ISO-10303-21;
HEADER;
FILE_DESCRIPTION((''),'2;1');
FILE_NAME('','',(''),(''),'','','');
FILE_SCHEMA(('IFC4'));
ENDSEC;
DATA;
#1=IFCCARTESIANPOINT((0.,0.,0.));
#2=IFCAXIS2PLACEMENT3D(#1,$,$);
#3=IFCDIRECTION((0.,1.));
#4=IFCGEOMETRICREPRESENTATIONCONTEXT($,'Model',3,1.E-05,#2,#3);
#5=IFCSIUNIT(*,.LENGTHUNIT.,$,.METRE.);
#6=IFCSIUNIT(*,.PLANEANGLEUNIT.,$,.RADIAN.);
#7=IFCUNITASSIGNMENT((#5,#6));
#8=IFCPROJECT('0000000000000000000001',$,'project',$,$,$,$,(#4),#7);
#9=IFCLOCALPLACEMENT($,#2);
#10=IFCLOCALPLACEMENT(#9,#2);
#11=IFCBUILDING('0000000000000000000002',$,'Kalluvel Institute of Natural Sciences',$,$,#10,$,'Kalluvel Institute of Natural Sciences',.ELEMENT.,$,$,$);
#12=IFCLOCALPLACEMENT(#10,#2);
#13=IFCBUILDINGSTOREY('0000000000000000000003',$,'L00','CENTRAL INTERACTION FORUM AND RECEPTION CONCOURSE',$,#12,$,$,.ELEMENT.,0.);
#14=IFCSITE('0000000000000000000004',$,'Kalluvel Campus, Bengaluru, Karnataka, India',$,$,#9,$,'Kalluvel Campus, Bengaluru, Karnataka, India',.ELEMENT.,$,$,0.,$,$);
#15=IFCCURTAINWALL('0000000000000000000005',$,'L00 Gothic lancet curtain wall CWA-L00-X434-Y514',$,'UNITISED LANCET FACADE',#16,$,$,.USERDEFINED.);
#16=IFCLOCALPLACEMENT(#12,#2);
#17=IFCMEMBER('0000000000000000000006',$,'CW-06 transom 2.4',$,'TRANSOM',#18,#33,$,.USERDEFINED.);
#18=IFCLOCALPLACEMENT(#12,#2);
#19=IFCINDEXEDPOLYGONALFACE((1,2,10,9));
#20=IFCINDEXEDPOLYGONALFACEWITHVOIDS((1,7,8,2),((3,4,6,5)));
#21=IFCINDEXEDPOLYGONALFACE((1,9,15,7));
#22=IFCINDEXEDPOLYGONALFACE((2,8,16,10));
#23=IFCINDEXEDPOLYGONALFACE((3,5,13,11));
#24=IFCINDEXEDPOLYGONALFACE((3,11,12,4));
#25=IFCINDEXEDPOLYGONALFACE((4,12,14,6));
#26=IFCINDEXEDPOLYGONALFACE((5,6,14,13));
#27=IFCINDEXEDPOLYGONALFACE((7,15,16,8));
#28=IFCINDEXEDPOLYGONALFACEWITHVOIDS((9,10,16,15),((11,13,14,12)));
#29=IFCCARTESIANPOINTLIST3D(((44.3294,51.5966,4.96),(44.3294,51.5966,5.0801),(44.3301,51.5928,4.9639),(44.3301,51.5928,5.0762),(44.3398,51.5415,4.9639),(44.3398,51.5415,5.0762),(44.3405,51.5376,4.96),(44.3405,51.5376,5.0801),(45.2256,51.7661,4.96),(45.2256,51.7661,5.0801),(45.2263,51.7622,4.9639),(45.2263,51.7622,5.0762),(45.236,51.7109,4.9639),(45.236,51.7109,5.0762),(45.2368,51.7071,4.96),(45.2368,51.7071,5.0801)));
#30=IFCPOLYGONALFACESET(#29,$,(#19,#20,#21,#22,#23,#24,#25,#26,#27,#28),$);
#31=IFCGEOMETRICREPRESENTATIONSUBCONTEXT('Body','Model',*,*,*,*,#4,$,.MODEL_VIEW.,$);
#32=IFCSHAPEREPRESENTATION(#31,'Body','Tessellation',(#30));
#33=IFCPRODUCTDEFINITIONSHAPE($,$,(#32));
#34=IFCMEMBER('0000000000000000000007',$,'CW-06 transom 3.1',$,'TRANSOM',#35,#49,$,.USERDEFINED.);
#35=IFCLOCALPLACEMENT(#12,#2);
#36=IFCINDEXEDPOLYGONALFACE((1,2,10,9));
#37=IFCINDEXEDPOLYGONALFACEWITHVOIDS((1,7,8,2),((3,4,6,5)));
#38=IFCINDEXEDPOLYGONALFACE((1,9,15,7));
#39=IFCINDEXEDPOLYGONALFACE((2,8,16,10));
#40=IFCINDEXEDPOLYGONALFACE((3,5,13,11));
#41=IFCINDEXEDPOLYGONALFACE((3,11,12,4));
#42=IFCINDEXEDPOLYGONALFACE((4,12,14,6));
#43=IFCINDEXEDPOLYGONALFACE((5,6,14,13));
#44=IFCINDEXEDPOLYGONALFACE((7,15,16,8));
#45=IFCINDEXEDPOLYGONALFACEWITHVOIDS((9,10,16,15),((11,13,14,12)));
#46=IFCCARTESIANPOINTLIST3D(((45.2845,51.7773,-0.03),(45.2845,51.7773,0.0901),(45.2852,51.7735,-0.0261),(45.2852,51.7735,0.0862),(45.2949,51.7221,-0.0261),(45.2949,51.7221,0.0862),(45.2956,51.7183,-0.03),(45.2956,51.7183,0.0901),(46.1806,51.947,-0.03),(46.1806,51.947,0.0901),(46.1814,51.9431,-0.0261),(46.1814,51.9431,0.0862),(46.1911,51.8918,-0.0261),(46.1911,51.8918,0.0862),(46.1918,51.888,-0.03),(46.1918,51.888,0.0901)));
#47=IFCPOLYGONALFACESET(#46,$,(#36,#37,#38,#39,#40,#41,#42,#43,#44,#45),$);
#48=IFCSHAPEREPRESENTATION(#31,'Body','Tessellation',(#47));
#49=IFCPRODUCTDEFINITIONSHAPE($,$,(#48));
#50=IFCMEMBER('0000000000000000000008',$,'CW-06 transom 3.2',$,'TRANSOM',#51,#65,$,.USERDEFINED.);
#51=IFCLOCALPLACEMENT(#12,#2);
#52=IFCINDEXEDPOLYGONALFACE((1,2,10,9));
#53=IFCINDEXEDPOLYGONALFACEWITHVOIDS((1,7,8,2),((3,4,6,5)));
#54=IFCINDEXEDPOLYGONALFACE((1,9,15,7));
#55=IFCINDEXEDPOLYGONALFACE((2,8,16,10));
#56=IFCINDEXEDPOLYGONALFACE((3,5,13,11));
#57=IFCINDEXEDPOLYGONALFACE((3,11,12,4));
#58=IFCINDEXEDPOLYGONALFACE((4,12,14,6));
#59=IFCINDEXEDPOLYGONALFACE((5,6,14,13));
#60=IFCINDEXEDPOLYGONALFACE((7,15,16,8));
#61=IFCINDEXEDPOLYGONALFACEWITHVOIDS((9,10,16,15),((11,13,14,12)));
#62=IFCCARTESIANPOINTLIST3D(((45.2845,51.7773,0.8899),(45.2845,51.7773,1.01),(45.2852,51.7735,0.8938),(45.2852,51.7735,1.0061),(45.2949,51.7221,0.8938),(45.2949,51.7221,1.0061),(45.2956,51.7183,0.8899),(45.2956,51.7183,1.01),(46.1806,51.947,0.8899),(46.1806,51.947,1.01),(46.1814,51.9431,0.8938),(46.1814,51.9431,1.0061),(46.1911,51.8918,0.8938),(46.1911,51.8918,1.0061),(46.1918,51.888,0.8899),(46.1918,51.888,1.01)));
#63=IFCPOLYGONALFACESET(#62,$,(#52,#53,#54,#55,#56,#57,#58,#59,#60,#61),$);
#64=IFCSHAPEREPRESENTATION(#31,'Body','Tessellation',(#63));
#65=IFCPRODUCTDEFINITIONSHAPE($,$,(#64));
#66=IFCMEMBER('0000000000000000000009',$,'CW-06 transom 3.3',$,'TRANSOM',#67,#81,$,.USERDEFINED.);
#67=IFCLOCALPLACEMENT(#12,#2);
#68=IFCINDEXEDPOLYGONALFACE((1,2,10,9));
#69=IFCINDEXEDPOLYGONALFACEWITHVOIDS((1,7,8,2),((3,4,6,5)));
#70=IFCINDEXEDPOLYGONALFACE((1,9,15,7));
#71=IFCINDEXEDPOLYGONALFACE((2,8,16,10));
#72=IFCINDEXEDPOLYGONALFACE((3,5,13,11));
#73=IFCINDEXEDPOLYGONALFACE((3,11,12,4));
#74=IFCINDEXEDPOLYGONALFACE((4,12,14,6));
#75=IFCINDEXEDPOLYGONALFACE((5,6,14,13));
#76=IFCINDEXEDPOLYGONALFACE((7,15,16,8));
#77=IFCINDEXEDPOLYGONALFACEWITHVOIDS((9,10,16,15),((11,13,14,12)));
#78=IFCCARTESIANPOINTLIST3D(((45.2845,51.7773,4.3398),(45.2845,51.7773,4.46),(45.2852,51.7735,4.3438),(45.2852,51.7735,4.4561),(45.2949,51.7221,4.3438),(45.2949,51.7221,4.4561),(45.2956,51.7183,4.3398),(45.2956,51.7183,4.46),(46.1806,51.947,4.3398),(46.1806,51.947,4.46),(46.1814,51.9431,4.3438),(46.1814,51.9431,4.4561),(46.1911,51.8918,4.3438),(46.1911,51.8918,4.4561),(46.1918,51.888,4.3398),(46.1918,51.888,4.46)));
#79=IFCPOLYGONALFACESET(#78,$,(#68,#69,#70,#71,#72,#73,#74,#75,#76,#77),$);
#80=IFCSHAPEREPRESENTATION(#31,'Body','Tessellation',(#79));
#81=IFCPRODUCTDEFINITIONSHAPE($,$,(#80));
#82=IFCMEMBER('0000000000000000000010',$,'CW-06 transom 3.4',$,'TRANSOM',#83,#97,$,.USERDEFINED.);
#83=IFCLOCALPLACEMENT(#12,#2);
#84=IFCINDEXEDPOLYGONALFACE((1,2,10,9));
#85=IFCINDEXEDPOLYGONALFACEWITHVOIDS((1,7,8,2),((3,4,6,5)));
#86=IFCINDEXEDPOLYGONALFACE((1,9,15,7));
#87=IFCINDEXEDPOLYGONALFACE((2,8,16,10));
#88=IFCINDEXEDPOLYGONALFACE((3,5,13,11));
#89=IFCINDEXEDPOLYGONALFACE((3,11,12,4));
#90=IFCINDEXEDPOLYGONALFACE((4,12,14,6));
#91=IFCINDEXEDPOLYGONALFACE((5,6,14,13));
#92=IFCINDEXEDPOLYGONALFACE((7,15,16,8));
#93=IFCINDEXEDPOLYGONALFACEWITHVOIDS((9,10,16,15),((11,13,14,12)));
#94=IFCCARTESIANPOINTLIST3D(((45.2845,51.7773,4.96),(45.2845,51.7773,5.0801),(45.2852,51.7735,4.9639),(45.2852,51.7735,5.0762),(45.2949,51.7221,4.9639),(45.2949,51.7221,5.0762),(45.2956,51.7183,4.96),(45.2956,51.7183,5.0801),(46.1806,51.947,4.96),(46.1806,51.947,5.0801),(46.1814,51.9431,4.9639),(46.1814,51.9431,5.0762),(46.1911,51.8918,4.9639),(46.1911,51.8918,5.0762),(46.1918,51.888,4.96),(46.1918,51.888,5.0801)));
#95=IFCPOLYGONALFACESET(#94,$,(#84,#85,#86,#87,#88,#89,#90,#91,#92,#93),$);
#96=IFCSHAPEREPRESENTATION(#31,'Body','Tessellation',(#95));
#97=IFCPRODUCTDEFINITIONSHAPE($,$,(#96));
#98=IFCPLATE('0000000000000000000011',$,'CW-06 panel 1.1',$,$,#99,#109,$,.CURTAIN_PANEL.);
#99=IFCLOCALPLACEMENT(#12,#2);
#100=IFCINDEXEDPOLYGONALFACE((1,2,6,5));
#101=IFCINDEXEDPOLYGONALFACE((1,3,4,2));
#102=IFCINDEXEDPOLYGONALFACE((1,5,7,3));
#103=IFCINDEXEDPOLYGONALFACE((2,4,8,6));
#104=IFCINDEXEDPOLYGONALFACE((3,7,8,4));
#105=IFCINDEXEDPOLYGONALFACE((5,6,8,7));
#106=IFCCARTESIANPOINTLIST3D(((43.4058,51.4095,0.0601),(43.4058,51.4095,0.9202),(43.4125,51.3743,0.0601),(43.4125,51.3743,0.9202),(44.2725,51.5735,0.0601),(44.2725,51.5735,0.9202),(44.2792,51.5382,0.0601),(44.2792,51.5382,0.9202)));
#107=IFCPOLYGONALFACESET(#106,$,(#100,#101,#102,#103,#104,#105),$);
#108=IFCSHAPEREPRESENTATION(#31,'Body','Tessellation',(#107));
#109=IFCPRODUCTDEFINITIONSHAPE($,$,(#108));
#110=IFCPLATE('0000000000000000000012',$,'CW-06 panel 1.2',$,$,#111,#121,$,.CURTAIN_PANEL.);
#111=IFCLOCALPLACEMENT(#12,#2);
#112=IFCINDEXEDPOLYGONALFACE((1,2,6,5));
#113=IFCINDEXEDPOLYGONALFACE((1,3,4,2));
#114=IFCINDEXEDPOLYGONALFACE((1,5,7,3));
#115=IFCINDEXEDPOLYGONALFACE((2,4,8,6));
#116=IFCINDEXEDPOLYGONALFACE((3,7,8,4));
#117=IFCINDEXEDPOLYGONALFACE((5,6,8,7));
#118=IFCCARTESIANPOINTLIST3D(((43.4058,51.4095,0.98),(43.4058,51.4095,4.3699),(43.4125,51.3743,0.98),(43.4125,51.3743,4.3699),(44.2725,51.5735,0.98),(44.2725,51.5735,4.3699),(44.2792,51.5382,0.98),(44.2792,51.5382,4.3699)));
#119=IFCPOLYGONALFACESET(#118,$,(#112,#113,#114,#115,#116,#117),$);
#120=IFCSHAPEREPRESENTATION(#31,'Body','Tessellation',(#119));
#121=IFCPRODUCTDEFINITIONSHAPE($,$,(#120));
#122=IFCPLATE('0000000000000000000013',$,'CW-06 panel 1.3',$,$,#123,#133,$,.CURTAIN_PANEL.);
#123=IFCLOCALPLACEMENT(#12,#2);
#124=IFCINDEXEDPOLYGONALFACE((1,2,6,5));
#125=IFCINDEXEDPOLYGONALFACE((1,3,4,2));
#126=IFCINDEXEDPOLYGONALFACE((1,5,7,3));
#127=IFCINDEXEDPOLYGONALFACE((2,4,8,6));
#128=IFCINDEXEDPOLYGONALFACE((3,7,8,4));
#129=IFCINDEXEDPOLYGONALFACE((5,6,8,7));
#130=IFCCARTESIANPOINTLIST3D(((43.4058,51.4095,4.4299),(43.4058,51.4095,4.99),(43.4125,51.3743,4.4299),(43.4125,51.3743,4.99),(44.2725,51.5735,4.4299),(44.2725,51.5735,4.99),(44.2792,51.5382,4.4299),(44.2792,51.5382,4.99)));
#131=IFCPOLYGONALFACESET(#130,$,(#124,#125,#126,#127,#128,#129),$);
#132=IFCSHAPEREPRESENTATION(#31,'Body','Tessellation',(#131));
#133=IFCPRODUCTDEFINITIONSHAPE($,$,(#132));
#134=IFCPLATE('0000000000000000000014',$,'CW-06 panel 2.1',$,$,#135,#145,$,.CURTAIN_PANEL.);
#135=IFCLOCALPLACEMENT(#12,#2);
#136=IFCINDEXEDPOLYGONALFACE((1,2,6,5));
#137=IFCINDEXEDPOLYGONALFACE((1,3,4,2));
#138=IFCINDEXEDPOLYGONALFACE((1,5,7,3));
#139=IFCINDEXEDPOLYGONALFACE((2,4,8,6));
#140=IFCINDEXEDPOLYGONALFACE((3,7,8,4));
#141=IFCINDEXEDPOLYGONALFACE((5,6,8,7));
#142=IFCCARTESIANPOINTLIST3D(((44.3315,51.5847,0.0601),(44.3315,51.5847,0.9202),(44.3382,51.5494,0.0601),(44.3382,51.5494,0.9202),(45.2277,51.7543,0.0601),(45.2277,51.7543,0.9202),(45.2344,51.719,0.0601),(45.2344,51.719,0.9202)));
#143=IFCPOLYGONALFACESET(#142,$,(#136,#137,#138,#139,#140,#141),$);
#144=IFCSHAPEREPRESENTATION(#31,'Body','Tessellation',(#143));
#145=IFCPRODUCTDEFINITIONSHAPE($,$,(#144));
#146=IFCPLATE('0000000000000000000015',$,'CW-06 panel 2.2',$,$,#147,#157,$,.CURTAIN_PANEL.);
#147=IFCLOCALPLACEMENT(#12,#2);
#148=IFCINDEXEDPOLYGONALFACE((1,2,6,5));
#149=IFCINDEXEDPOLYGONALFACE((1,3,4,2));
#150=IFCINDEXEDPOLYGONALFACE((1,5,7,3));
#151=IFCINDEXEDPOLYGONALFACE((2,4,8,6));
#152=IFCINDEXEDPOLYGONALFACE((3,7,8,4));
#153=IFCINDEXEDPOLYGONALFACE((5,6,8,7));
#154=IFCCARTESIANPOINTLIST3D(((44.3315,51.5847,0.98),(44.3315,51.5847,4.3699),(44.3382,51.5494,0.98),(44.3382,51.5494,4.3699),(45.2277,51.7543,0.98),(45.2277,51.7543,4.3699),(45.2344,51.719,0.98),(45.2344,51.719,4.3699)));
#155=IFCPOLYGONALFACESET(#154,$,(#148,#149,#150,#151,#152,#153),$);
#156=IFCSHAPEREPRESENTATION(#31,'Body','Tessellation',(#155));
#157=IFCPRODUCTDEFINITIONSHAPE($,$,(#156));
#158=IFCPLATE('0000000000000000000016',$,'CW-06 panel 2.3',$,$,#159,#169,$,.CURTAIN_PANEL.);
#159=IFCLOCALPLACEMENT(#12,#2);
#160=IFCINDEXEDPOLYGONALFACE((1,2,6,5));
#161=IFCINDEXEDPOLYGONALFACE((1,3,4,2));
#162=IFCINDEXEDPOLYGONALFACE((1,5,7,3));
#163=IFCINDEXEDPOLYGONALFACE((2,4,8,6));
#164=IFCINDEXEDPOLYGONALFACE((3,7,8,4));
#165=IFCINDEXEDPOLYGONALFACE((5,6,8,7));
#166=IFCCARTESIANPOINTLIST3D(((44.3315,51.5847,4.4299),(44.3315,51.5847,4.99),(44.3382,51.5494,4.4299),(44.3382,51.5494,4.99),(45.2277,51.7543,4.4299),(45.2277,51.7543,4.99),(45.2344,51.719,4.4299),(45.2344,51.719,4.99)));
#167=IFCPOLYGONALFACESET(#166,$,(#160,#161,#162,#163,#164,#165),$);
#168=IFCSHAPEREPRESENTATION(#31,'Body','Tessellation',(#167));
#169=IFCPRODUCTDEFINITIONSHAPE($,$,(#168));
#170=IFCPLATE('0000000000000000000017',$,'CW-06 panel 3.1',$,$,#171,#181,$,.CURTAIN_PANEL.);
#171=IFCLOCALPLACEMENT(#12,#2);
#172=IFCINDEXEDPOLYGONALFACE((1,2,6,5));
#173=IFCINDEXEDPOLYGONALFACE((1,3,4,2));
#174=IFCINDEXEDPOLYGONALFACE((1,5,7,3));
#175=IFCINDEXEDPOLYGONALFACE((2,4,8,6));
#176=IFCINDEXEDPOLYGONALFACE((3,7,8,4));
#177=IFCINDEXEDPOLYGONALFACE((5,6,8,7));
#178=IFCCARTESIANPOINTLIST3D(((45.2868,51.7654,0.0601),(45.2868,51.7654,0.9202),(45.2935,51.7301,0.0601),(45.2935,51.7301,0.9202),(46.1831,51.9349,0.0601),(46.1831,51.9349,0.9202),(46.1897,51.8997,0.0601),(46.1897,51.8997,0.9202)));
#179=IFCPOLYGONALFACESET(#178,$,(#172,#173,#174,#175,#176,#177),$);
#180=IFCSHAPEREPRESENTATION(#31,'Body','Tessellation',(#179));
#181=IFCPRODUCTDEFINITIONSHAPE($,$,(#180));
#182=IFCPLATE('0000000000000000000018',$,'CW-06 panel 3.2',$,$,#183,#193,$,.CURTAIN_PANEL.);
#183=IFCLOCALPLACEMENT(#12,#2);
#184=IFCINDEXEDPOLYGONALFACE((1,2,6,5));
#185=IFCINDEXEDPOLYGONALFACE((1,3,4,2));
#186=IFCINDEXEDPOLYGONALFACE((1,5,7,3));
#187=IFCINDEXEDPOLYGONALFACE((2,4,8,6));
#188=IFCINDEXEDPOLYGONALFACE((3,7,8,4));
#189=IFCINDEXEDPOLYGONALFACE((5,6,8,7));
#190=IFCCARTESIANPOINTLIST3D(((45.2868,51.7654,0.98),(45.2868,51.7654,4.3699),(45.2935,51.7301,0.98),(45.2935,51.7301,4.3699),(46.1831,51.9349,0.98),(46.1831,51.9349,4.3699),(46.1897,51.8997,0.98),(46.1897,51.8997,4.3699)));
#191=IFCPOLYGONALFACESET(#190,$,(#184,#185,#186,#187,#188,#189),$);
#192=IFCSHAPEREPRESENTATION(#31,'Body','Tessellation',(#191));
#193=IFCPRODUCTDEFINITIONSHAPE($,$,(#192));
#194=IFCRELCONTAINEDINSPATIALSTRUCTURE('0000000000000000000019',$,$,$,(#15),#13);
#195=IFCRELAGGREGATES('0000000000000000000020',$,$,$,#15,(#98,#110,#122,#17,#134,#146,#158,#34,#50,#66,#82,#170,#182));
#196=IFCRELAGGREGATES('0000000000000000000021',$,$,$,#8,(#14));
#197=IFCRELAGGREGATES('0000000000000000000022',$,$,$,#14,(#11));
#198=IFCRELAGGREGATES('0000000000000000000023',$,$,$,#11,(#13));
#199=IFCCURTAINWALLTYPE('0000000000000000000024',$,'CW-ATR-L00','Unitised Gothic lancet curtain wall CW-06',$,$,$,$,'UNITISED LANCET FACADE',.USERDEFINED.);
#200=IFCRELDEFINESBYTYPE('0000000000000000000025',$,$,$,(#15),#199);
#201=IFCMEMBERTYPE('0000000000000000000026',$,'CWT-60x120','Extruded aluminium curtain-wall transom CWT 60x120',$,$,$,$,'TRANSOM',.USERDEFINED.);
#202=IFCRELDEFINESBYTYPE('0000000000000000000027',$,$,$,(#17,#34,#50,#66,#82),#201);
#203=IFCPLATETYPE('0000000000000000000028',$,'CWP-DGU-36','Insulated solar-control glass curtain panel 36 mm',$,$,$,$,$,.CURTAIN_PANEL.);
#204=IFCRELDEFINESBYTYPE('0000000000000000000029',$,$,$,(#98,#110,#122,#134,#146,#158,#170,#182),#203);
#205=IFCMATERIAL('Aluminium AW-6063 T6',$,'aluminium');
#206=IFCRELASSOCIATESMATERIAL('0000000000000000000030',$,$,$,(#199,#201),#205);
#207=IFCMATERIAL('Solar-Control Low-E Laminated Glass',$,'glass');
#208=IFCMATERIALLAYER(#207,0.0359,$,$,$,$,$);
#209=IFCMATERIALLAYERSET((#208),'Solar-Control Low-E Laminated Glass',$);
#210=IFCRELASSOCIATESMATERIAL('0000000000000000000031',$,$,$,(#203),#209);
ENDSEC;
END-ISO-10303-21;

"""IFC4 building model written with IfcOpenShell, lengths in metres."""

from ifc_helpers import new_model, si_unit, direction, frame, origin, origin_2d, place, context, subcontext, project, spatial, rectangle, hollow_rectangle, extrude, material, layer, layer_set, material_profile, profile_set, type_object, element, aggregate, save


model = new_model("IFC4")

# Units and contexts
model_context = context("Model", 3, precision=1e-05, world=origin(), true_north=direction((0.0, 1.0)))
body_context = subcontext(model_context, "Body", "Model", "MODEL_VIEW")
ifc_project = project(units=[si_unit("LENGTHUNIT", "METRE"), si_unit("PLANEANGLEUNIT", "RADIAN")], contexts=[model_context])

# Site, building, storey
site_placement = place(None, origin())
site = spatial("IfcSite", under=ifc_project, at=site_placement, Name="Kalluvel Campus, Bengaluru, Karnataka, India", LongName="Kalluvel Campus, Bengaluru, Karnataka, India", CompositionType="ELEMENT", RefElevation=0.0)
building_placement = place(site_placement, origin())
building = spatial("IfcBuilding", under=site, at=building_placement, Name="Kalluvel Institute of Natural Sciences", LongName="Kalluvel Institute of Natural Sciences", CompositionType="ELEMENT")
storey_placement = place(building_placement, origin())
storey = spatial("IfcBuildingStorey", under=building, at=storey_placement, Name="L00", Description="CENTRAL INTERACTION FORUM AND RECEPTION CONCOURSE", CompositionType="ELEMENT", Elevation=0.0)

# Shared definitions
ifc_material_1 = material(Name="Aluminium AW-6063 T6", Category="aluminium")
curtain_wall_type = type_object("IfcCurtainWallType", Name="CW-ATR-L00", Description="Unitised Gothic lancet curtain wall CW-06", ElementType="UNITISED LANCET FACADE", PredefinedType="USERDEFINED", material=ifc_material_1)

# Curtain wall, members, plates
curtain_wall_1_placement = place(storey_placement, origin())
curtain_wall_1 = element("IfcCurtainWall", 1, at=curtain_wall_1_placement, inside=storey, type_object=curtain_wall_type, Name="L00 Gothic lancet curtain wall CWA-L00-X434-Y514", ObjectType="UNITISED LANCET FACADE", PredefinedType="USERDEFINED")
ifc_material_profile_1 = material_profile(ifc_material_1, hollow_rectangle(XDim=0.0601, YDim=0.1201, WallThickness=0.0039, at=origin_2d()), Name="CWT 60x120")
ifc_profile_set_1 = profile_set([ifc_material_profile_1], Name="Aluminium AW-6063 T6")
member_type_1 = type_object("IfcMemberType", Name="CWT-60x120", Description="Extruded aluminium curtain-wall transom CWT 60x120", ElementType="TRANSOM", PredefinedType="USERDEFINED", material=ifc_profile_set_1)
member_1_placement = place(storey_placement, frame((44.335, 51.5671, 5.02), z_axis=(0.982595, 0.185759, 0.0), x_axis=(-0.185759, 0.982595, 0.0)))
member_1 = element("IfcMember", 2, at=member_1_placement, type_object=member_type_1, Name="CW-06 transom 2.4", ObjectType="TRANSOM", PredefinedType="USERDEFINED", context=body_context, shape_type="SweptSolid", body=[
    extrude(hollow_rectangle(XDim=0.0601, YDim=0.1201, WallThickness=0.0039, at=origin_2d()), origin(), (0.0, 0.0, 1.0), 0.9121),
])
member_2_placement = place(storey_placement, frame((45.29, 51.7478, 0.03), z_axis=(0.982546, 0.186017, 0.0), x_axis=(-0.186017, 0.982546, 0.0)))
member_2 = element("IfcMember", 3, at=member_2_placement, type_object=member_type_1, Name="CW-06 transom 3.1", ObjectType="TRANSOM", PredefinedType="USERDEFINED", context=body_context, shape_type="SweptSolid", body=[
    extrude(hollow_rectangle(XDim=0.0601, YDim=0.1201, WallThickness=0.0039, at=origin_2d()), origin(), (0.0, 0.0, 1.0), 0.9121),
])
member_3_placement = place(storey_placement, frame((45.29, 51.7478, 0.95), z_axis=(0.982546, 0.186017, 0.0), x_axis=(-0.186017, 0.982546, 0.0)))
member_3 = element("IfcMember", 4, at=member_3_placement, type_object=member_type_1, Name="CW-06 transom 3.2", ObjectType="TRANSOM", PredefinedType="USERDEFINED", context=body_context, shape_type="SweptSolid", body=[
    extrude(hollow_rectangle(XDim=0.0601, YDim=0.1201, WallThickness=0.0039, at=origin_2d()), origin(), (0.0, 0.0, 1.0), 0.9121),
])
member_4_placement = place(storey_placement, frame((45.29, 51.7478, 4.3999), z_axis=(0.982546, 0.186017, 0.0), x_axis=(-0.186017, 0.982546, 0.0)))
member_4 = element("IfcMember", 5, at=member_4_placement, type_object=member_type_1, Name="CW-06 transom 3.3", ObjectType="TRANSOM", PredefinedType="USERDEFINED", context=body_context, shape_type="SweptSolid", body=[
    extrude(hollow_rectangle(XDim=0.0601, YDim=0.1201, WallThickness=0.0039, at=origin_2d()), origin(), (0.0, 0.0, 1.0), 0.9121),
])
member_5_placement = place(storey_placement, frame((45.29, 51.7478, 5.02), z_axis=(0.982546, 0.186017, 0.0), x_axis=(-0.186017, 0.982546, 0.0)))
member_5 = element("IfcMember", 6, at=member_5_placement, type_object=member_type_1, Name="CW-06 transom 3.4", ObjectType="TRANSOM", PredefinedType="USERDEFINED", context=body_context, shape_type="SweptSolid", body=[
    extrude(hollow_rectangle(XDim=0.0601, YDim=0.1201, WallThickness=0.0039, at=origin_2d()), origin(), (0.0, 0.0, 1.0), 0.9121),
])
ifc_material_2 = material(Name="Solar-Control Low-E Laminated Glass", Category="glass")
ifc_layer = layer(ifc_material_2, 0.0359)
ifc_layer_set = layer_set([ifc_layer], Name="Solar-Control Low-E Laminated Glass")
plate_type = type_object("IfcPlateType", Name="CWP-DGU-36", Description="Insulated solar-control glass curtain panel 36 mm", PredefinedType="CURTAIN_PANEL", material=ifc_layer_set)
plate_1_placement = place(storey_placement, frame((43.8425, 51.4739, 0.0601), z_axis=(0.0, 0.0, 1.0), x_axis=(0.982569, 0.185898, 0.0)))
plate_1 = element("IfcPlate", 7, at=plate_1_placement, type_object=plate_type, Name="CW-06 panel 1.1", PredefinedType="CURTAIN_PANEL", context=body_context, shape_type="SweptSolid", body=[
    extrude(rectangle(XDim=0.8821, YDim=0.0359, at=origin_2d()), origin(), (0.0, 0.0, 1.0), 0.8601),
])
plate_2_placement = place(storey_placement, frame((43.8425, 51.4739, 0.98), z_axis=(0.0, 0.0, 1.0), x_axis=(0.982569, 0.185898, 0.0)))
plate_2 = element("IfcPlate", 8, at=plate_2_placement, type_object=plate_type, Name="CW-06 panel 1.2", PredefinedType="CURTAIN_PANEL", context=body_context, shape_type="SweptSolid", body=[
    extrude(rectangle(XDim=0.8821, YDim=0.0359, at=origin_2d()), origin(), (0.0, 0.0, 1.0), 3.3899),
])
plate_3_placement = place(storey_placement, frame((43.8425, 51.4739, 4.4299), z_axis=(0.0, 0.0, 1.0), x_axis=(0.982569, 0.185898, 0.0)))
plate_3 = element("IfcPlate", 9, at=plate_3_placement, type_object=plate_type, Name="CW-06 panel 1.3", PredefinedType="CURTAIN_PANEL", context=body_context, shape_type="SweptSolid", body=[
    extrude(rectangle(XDim=0.8821, YDim=0.0359, at=origin_2d()), origin(), (0.0, 0.0, 1.0), 0.5601),
])
plate_4_placement = place(storey_placement, frame((44.783, 51.6519, 0.0601), z_axis=(0.0, 0.0, 1.0), x_axis=(0.982569, 0.185898, 0.0)))
plate_4 = element("IfcPlate", 10, at=plate_4_placement, type_object=plate_type, Name="CW-06 panel 2.1", PredefinedType="CURTAIN_PANEL", context=body_context, shape_type="SweptSolid", body=[
    extrude(rectangle(XDim=0.9121, YDim=0.0359, at=origin_2d()), origin(), (0.0, 0.0, 1.0), 0.8601),
])
plate_5_placement = place(storey_placement, frame((44.783, 51.6519, 0.98), z_axis=(0.0, 0.0, 1.0), x_axis=(0.982569, 0.185898, 0.0)))
plate_5 = element("IfcPlate", 11, at=plate_5_placement, type_object=plate_type, Name="CW-06 panel 2.2", PredefinedType="CURTAIN_PANEL", context=body_context, shape_type="SweptSolid", body=[
    extrude(rectangle(XDim=0.9121, YDim=0.0359, at=origin_2d()), origin(), (0.0, 0.0, 1.0), 3.3899),
])
plate_6_placement = place(storey_placement, frame((44.783, 51.6519, 4.4299), z_axis=(0.0, 0.0, 1.0), x_axis=(0.982569, 0.185898, 0.0)))
plate_6 = element("IfcPlate", 12, at=plate_6_placement, type_object=plate_type, Name="CW-06 panel 2.3", PredefinedType="CURTAIN_PANEL", context=body_context, shape_type="SweptSolid", body=[
    extrude(rectangle(XDim=0.9121, YDim=0.0359, at=origin_2d()), origin(), (0.0, 0.0, 1.0), 0.5601),
])
plate_7_placement = place(storey_placement, frame((45.7383, 51.8325, 0.0601), z_axis=(0.0, 0.0, 1.0), x_axis=(0.982569, 0.185898, 0.0)))
plate_7 = element("IfcPlate", 13, at=plate_7_placement, type_object=plate_type, Name="CW-06 panel 3.1", PredefinedType="CURTAIN_PANEL", context=body_context, shape_type="SweptSolid", body=[
    extrude(rectangle(XDim=0.9121, YDim=0.0359, at=origin_2d()), origin(), (0.0, 0.0, 1.0), 0.8601),
])
plate_8_placement = place(storey_placement, frame((45.7383, 51.8325, 0.98), z_axis=(0.0, 0.0, 1.0), x_axis=(0.982569, 0.185898, 0.0)))
plate_8 = element("IfcPlate", 14, at=plate_8_placement, type_object=plate_type, Name="CW-06 panel 3.2", PredefinedType="CURTAIN_PANEL", context=body_context, shape_type="SweptSolid", body=[
    extrude(rectangle(XDim=0.9121, YDim=0.0359, at=origin_2d()), origin(), (0.0, 0.0, 1.0), 3.3899),
])
aggregate(curtain_wall_1, [plate_1, plate_2, plate_3, member_1, plate_4, plate_5, plate_6, member_2, member_3, member_4, member_5, plate_7, plate_8])

save(model, "model.ifc")
